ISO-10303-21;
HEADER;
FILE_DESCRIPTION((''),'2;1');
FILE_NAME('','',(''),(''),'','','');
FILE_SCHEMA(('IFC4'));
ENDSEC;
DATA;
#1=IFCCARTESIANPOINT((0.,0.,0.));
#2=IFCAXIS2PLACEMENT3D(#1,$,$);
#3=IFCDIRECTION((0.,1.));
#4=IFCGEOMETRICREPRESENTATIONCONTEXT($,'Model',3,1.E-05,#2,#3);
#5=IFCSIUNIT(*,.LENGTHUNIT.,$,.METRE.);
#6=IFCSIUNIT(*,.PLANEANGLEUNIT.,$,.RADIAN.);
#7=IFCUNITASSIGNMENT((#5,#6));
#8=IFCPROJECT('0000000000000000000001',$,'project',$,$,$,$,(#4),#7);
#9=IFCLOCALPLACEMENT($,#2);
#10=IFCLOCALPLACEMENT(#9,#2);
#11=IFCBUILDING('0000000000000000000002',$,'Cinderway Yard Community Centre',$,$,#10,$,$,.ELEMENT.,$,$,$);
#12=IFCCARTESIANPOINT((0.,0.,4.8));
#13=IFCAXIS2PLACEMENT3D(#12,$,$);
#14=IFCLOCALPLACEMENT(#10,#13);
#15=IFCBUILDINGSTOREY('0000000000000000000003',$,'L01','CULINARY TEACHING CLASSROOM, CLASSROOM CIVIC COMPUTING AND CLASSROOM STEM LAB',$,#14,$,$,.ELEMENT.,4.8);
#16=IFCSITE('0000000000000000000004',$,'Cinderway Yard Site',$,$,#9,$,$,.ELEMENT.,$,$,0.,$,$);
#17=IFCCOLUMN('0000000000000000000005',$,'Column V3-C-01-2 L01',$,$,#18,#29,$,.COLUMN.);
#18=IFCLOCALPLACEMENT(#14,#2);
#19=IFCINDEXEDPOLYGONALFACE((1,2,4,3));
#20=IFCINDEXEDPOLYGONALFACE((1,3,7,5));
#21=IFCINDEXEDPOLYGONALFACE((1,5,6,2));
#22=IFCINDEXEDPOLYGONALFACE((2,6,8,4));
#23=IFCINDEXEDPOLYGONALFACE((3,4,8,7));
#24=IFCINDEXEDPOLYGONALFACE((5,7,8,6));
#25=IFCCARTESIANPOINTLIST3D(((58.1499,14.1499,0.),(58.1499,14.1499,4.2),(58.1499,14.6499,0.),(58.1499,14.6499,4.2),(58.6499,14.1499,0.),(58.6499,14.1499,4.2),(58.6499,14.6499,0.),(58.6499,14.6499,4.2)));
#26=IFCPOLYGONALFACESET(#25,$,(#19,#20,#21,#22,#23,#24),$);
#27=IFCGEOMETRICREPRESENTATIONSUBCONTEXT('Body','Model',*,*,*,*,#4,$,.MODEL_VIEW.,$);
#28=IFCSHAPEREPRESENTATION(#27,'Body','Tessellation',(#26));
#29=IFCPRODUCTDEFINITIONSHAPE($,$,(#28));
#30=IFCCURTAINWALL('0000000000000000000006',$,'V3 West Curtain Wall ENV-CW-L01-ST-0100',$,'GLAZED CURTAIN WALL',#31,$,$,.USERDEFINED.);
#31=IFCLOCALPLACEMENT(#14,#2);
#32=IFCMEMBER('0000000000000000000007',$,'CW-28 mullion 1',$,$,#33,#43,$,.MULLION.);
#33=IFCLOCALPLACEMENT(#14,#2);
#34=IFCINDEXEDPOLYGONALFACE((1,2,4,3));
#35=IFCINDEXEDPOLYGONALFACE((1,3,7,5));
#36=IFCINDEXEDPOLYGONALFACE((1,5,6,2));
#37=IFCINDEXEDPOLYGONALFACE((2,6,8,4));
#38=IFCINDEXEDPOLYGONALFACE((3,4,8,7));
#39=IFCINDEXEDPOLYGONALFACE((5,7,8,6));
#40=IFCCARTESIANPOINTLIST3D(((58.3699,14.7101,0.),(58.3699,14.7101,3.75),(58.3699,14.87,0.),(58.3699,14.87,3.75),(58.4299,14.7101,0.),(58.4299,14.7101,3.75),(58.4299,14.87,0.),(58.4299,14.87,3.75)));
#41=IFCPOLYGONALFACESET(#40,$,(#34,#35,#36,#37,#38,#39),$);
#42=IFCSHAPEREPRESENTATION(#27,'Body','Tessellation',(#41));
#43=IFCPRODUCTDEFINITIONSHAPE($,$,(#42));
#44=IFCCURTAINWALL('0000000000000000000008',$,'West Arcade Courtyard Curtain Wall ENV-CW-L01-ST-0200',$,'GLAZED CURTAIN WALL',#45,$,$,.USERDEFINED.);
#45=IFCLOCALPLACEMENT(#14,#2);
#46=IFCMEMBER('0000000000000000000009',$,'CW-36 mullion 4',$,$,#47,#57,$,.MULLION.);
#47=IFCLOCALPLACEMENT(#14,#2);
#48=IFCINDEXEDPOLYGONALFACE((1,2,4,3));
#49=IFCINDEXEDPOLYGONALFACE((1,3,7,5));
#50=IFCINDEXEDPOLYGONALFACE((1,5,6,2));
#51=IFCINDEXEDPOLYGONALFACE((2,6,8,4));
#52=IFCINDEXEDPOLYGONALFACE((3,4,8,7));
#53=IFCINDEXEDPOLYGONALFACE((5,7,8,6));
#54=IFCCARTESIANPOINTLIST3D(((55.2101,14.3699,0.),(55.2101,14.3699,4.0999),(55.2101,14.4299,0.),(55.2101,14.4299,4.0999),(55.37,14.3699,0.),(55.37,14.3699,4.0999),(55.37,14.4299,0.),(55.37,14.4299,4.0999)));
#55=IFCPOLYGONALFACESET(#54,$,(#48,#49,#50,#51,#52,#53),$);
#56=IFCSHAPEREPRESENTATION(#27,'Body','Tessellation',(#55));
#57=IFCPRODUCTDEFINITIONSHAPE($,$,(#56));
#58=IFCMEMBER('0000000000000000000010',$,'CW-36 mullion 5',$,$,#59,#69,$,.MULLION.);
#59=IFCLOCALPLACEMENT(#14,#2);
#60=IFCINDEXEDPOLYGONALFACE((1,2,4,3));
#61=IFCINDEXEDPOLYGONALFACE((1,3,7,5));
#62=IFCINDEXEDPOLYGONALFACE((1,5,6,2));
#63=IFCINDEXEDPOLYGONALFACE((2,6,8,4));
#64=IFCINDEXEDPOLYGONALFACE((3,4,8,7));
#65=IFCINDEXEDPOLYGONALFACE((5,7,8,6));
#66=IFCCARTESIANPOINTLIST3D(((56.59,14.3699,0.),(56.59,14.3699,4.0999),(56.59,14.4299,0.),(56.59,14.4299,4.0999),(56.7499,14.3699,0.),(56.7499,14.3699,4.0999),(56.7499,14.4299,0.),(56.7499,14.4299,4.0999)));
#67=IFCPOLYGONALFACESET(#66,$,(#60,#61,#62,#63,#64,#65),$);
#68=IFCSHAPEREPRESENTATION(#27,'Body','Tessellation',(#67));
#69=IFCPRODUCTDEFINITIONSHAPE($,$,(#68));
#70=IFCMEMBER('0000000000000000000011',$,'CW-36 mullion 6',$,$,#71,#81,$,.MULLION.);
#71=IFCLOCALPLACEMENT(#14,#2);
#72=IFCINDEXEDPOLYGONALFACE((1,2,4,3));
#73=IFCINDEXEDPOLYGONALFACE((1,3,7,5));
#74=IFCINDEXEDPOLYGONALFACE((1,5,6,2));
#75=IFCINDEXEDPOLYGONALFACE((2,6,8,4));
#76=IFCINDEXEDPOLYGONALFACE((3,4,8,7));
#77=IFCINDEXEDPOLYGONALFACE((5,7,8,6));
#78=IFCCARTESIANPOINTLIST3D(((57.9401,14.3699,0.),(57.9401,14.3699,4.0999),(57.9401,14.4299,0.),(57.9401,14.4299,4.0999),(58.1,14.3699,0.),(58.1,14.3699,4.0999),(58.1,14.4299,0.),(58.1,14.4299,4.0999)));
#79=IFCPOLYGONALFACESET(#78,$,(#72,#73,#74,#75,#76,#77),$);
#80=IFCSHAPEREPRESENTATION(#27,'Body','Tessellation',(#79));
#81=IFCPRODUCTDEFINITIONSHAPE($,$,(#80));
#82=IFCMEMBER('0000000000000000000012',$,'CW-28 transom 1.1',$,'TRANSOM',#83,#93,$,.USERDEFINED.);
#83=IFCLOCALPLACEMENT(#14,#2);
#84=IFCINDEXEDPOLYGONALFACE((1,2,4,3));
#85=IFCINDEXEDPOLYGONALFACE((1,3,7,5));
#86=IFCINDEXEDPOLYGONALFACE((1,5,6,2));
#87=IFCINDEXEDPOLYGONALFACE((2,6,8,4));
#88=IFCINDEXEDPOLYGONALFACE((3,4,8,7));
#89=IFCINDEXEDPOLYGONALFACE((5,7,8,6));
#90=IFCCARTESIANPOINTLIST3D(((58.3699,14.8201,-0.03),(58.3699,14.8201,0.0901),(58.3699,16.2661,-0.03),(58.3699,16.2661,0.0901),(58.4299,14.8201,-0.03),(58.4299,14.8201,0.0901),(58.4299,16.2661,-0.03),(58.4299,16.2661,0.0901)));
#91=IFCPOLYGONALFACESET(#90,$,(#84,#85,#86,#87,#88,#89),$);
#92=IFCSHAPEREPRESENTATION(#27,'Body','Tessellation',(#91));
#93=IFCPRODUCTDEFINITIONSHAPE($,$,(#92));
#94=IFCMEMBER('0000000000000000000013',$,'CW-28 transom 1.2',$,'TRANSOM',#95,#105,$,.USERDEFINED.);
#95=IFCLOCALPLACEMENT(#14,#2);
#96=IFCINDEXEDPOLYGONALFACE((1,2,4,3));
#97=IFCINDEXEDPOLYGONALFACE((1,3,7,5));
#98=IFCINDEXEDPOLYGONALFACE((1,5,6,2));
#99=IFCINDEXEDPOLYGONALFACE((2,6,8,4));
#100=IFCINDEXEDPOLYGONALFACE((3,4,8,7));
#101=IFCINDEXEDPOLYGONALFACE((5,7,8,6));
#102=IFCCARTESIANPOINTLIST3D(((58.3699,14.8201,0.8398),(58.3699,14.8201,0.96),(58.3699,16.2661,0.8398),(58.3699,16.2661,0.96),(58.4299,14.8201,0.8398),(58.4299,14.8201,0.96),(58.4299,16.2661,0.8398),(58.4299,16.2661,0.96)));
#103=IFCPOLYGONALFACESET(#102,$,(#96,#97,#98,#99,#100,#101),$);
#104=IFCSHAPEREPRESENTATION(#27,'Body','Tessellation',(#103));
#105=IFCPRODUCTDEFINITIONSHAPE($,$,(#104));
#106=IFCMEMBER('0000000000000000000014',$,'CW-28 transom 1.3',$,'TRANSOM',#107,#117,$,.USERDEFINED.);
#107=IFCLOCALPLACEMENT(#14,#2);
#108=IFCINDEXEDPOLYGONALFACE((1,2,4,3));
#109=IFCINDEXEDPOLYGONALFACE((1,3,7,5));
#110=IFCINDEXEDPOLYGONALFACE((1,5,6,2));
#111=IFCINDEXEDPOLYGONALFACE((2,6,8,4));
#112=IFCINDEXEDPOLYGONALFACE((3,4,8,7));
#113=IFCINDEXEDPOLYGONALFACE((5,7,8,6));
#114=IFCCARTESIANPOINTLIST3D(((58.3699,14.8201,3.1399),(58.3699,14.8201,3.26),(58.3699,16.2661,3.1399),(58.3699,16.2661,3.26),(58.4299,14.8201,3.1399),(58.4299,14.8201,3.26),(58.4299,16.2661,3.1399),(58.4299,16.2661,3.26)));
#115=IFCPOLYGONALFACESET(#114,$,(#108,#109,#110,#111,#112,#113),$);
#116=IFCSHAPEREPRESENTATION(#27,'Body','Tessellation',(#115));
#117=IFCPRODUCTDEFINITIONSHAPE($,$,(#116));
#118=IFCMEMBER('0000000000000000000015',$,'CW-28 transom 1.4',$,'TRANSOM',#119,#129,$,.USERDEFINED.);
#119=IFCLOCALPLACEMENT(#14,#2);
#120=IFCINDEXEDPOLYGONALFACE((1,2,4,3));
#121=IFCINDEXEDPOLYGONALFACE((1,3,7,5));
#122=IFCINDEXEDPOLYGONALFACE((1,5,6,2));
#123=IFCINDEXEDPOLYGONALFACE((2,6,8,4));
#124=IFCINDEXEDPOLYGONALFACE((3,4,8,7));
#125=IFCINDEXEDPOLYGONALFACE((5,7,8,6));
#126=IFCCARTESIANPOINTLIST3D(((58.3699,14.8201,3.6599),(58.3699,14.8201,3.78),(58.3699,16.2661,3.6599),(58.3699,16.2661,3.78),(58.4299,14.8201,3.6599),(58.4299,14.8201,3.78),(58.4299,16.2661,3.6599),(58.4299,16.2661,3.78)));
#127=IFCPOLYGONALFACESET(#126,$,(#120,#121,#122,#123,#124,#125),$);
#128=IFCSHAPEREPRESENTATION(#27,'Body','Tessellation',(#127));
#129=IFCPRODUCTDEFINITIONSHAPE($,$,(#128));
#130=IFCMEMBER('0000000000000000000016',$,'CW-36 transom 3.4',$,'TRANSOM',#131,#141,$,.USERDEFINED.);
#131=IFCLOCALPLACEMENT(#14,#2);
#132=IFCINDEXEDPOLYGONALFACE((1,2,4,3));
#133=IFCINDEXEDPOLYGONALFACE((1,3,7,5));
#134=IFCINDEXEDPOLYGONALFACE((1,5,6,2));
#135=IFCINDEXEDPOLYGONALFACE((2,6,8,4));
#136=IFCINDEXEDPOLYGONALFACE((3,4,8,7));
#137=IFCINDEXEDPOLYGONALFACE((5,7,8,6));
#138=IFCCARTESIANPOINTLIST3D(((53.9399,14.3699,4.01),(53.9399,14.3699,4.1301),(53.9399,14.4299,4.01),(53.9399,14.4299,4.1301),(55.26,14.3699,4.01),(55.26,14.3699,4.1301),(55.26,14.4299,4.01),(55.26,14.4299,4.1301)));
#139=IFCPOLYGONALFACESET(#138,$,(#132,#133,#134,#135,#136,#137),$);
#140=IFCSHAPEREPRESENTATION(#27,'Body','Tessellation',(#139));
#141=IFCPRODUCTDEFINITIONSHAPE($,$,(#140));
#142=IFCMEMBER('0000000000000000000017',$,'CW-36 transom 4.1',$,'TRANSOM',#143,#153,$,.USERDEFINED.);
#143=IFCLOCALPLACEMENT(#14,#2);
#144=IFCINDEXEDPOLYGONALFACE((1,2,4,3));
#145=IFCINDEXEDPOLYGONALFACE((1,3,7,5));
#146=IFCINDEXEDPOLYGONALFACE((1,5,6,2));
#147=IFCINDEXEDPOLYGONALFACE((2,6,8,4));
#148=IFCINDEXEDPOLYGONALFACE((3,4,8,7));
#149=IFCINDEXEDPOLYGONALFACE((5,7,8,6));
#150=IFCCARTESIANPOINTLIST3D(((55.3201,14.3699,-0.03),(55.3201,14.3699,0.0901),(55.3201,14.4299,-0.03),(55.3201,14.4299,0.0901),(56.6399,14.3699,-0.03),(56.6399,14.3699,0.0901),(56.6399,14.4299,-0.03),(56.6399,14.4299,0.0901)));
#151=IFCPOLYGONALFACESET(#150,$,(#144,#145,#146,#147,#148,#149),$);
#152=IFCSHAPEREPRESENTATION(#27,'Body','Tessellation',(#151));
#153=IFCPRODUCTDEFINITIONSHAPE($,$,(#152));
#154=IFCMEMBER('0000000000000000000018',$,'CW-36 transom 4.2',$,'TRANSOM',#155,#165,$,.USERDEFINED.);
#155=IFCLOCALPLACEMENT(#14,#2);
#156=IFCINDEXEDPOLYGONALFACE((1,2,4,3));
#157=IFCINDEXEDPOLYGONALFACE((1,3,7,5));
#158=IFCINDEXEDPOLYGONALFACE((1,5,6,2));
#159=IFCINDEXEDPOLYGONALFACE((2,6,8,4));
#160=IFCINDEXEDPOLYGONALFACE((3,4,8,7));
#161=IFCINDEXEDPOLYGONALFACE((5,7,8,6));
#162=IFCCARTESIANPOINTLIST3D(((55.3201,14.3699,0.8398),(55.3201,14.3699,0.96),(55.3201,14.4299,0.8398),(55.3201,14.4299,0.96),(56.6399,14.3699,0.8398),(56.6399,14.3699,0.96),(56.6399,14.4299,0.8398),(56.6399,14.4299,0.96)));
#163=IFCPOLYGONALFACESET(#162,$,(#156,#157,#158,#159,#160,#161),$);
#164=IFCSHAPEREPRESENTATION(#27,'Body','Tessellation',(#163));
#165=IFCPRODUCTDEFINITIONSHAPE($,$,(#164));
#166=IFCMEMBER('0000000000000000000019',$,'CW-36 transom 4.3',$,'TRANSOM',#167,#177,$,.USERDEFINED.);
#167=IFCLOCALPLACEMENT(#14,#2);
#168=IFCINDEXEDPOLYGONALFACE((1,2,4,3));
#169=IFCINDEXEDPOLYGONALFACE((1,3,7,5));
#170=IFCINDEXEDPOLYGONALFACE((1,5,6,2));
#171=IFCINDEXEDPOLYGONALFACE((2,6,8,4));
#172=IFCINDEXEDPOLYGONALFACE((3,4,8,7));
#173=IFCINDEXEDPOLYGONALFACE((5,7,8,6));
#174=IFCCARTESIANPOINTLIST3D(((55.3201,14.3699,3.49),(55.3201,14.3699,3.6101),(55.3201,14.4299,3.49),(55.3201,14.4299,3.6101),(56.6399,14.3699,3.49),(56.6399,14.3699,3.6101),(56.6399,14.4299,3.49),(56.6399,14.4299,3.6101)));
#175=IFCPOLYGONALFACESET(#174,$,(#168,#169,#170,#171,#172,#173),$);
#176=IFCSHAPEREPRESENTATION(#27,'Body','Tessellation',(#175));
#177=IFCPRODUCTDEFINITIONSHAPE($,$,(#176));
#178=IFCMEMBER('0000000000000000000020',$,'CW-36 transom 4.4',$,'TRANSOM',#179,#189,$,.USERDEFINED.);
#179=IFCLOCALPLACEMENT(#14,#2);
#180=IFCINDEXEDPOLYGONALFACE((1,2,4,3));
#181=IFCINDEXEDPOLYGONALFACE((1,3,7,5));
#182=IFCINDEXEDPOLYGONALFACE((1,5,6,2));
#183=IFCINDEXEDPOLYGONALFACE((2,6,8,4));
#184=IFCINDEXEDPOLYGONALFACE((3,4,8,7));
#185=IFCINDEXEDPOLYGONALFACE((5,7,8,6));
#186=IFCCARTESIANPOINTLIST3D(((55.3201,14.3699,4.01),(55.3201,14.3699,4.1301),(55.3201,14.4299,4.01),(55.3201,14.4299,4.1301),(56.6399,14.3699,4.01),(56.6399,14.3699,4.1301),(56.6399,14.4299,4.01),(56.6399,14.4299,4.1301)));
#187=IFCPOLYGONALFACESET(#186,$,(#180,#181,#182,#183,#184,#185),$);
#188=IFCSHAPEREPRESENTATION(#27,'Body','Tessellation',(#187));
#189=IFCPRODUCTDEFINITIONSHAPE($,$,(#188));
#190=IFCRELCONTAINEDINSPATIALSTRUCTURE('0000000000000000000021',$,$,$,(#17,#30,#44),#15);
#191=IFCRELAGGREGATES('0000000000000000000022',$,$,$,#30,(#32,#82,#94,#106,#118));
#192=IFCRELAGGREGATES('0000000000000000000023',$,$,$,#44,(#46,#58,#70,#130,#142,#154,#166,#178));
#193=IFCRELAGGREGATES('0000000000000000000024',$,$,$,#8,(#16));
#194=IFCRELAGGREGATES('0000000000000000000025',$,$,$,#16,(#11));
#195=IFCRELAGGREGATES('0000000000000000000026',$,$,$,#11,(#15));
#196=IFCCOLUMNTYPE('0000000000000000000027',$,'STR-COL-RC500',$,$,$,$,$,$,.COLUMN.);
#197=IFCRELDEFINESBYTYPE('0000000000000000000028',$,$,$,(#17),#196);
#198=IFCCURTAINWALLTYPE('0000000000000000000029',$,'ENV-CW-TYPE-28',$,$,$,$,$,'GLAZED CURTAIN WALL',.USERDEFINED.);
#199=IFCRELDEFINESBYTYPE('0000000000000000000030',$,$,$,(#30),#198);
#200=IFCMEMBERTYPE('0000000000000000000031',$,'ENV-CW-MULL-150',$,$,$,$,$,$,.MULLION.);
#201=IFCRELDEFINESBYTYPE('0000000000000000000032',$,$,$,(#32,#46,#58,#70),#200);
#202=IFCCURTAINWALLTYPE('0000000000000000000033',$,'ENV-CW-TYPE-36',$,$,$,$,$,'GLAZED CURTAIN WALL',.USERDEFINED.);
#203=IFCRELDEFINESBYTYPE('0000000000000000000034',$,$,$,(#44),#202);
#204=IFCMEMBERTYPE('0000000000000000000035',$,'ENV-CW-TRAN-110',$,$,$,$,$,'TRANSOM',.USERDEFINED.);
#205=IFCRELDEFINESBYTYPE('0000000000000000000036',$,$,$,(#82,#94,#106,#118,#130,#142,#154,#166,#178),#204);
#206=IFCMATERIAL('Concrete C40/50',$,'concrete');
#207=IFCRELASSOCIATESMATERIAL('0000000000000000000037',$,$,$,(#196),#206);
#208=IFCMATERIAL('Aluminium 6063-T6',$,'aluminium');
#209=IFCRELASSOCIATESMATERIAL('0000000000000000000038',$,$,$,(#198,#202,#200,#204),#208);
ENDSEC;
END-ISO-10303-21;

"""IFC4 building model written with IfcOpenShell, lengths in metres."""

from ifc_helpers import new_model, si_unit, direction, frame, origin, origin_2d, place, context, subcontext, project, spatial, rectangle, extrude, material, material_profile, profile_set, type_object, element, aggregate, save


model = new_model("IFC4")

# Units and contexts
model_context = context("Model", 3, precision=1e-05, world=origin(), true_north=direction((0.0, 1.0)))
body_context = subcontext(model_context, "Body", "Model", "MODEL_VIEW")
ifc_project = project(units=[si_unit("LENGTHUNIT", "METRE"), si_unit("PLANEANGLEUNIT", "RADIAN")], contexts=[model_context])

# Site, building, storey
site_placement = place(None, origin())
site = spatial("IfcSite", under=ifc_project, at=site_placement, Name="Cinderway Yard Site", CompositionType="ELEMENT", RefElevation=0.0)
building_placement = place(site_placement, origin())
building = spatial("IfcBuilding", under=site, at=building_placement, Name="Cinderway Yard Community Centre", CompositionType="ELEMENT")
storey_placement = place(building_placement, frame((0.0, 0.0, 4.8)))
storey = spatial("IfcBuildingStorey", under=building, at=storey_placement, Name="L01", Description="CULINARY TEACHING CLASSROOM, CLASSROOM CIVIC COMPUTING AND CLASSROOM STEM LAB", CompositionType="ELEMENT", Elevation=4.8)

# Column
ifc_material_1 = material(Name="Concrete C40/50", Category="concrete")
ifc_material_profile_1 = material_profile(ifc_material_1, rectangle(XDim=0.5, YDim=0.5, at=origin_2d()), Name="Concrete C40/50")
ifc_profile_set_1 = profile_set([ifc_material_profile_1], Name="Concrete C40/50")
column_type = type_object("IfcColumnType", Name="STR-COL-RC500", PredefinedType="COLUMN", material=ifc_profile_set_1)
column_placement = place(storey_placement, frame((58.3999, 14.3999, 0.0), z_axis=(0.0, 0.0, 1.0), x_axis=(1.0, 0.0, 0.0)))
element("IfcColumn", 1, at=column_placement, inside=storey, type_object=column_type, Name="Column V3-C-01-2 L01", PredefinedType="COLUMN", context=body_context, shape_type="SweptSolid", body=[
    extrude(rectangle(XDim=0.5, YDim=0.5, at=origin_2d()), origin(), (0.0, 0.0, 1.0), 4.2),
])

# Curtain wall, member
ifc_material_2 = material(Name="Aluminium 6063-T6", Category="aluminium")
curtain_wall_type_1 = type_object("IfcCurtainWallType", Name="ENV-CW-TYPE-28", ElementType="GLAZED CURTAIN WALL", PredefinedType="USERDEFINED", material=ifc_material_2)
curtain_wall_1_placement = place(storey_placement, origin())
curtain_wall_1 = element("IfcCurtainWall", 2, at=curtain_wall_1_placement, inside=storey, type_object=curtain_wall_type_1, Name="V3 West Curtain Wall ENV-CW-L01-ST-0100", ObjectType="GLAZED CURTAIN WALL", PredefinedType="USERDEFINED")
ifc_material_profile_2 = material_profile(ifc_material_2, rectangle(XDim=0.0601, YDim=0.1599, at=origin_2d()), Name="Aluminium 6063-T6")
ifc_profile_set_2 = profile_set([ifc_material_profile_2], Name="Aluminium 6063-T6")
member_type_1 = type_object("IfcMemberType", Name="ENV-CW-MULL-150", PredefinedType="MULLION", material=ifc_profile_set_2)
member_1_placement = place(storey_placement, frame((58.3999, 14.79, 0.0), z_axis=(0.0, 0.0, 1.0), x_axis=(-1.0, 0.0, 0.0)))
member_1 = element("IfcMember", 3, at=member_1_placement, type_object=member_type_1, Name="CW-28 mullion 1", PredefinedType="MULLION", context=body_context, shape_type="SweptSolid", body=[
    extrude(rectangle(XDim=0.0601, YDim=0.1599, at=origin_2d()), origin(), (0.0, 0.0, 1.0), 3.75),
])

# Curtain wall, members
curtain_wall_type_2 = type_object("IfcCurtainWallType", Name="ENV-CW-TYPE-36", ElementType="GLAZED CURTAIN WALL", PredefinedType="USERDEFINED", material=ifc_material_2)
curtain_wall_2_placement = place(storey_placement, origin())
curtain_wall_2 = element("IfcCurtainWall", 4, at=curtain_wall_2_placement, inside=storey, type_object=curtain_wall_type_2, Name="West Arcade Courtyard Curtain Wall ENV-CW-L01-ST-0200", ObjectType="GLAZED CURTAIN WALL", PredefinedType="USERDEFINED")
member_2_placement = place(storey_placement, frame((55.29, 14.3999, 0.0), z_axis=(0.0, 0.0, 1.0), x_axis=(0.0, 1.0, 0.0)))
member_2 = element("IfcMember", 5, at=member_2_placement, type_object=member_type_1, Name="CW-36 mullion 4", PredefinedType="MULLION", context=body_context, shape_type="SweptSolid", body=[
    extrude(rectangle(XDim=0.0601, YDim=0.1599, at=origin_2d()), origin(), (0.0, 0.0, 1.0), 4.0999),
])
member_3_placement = place(storey_placement, frame((56.6699, 14.3999, 0.0), z_axis=(0.0, 0.0, 1.0), x_axis=(0.0, 1.0, 0.0)))
member_3 = element("IfcMember", 6, at=member_3_placement, type_object=member_type_1, Name="CW-36 mullion 5", PredefinedType="MULLION", context=body_context, shape_type="SweptSolid", body=[
    extrude(rectangle(XDim=0.0601, YDim=0.1599, at=origin_2d()), origin(), (0.0, 0.0, 1.0), 4.0999),
])
member_4_placement = place(storey_placement, frame((58.02, 14.3999, 0.0), z_axis=(0.0, 0.0, 1.0), x_axis=(0.0, 1.0, 0.0)))
member_4 = element("IfcMember", 7, at=member_4_placement, type_object=member_type_1, Name="CW-36 mullion 6", PredefinedType="MULLION", context=body_context, shape_type="SweptSolid", body=[
    extrude(rectangle(XDim=0.0601, YDim=0.1599, at=origin_2d()), origin(), (0.0, 0.0, 1.0), 4.0999),
])

# Members
ifc_material_profile_3 = material_profile(ifc_material_2, rectangle(XDim=0.0601, YDim=0.1201, at=origin_2d()), Name="Aluminium 6063-T6")
ifc_profile_set_3 = profile_set([ifc_material_profile_3], Name="Aluminium 6063-T6")
member_type_2 = type_object("IfcMemberType", Name="ENV-CW-TRAN-110", ElementType="TRANSOM", PredefinedType="USERDEFINED", material=ifc_profile_set_3)
member_5_placement = place(storey_placement, frame((58.3999, 14.8201, 0.03), z_axis=(0.0, 1.0, 0.0), x_axis=(-1.0, 0.0, 0.0)))
member_5 = element("IfcMember", 8, at=member_5_placement, type_object=member_type_2, Name="CW-28 transom 1.1", ObjectType="TRANSOM", PredefinedType="USERDEFINED", context=body_context, shape_type="SweptSolid", body=[
    extrude(rectangle(XDim=0.0601, YDim=0.1201, at=origin_2d()), origin(), (0.0, 0.0, 1.0), 1.446),
])
member_6_placement = place(storey_placement, frame((58.3999, 14.8201, 0.8999), z_axis=(0.0, 1.0, 0.0), x_axis=(-1.0, 0.0, 0.0)))
member_6 = element("IfcMember", 9, at=member_6_placement, type_object=member_type_2, Name="CW-28 transom 1.2", ObjectType="TRANSOM", PredefinedType="USERDEFINED", context=body_context, shape_type="SweptSolid", body=[
    extrude(rectangle(XDim=0.0601, YDim=0.1201, at=origin_2d()), origin(), (0.0, 0.0, 1.0), 1.446),
])
member_7_placement = place(storey_placement, frame((58.3999, 14.8201, 3.2), z_axis=(0.0, 1.0, 0.0), x_axis=(-1.0, 0.0, 0.0)))
member_7 = element("IfcMember", 10, at=member_7_placement, type_object=member_type_2, Name="CW-28 transom 1.3", ObjectType="TRANSOM", PredefinedType="USERDEFINED", context=body_context, shape_type="SweptSolid", body=[
    extrude(rectangle(XDim=0.0601, YDim=0.1201, at=origin_2d()), origin(), (0.0, 0.0, 1.0), 1.446),
])
member_8_placement = place(storey_placement, frame((58.3999, 14.8201, 3.72), z_axis=(0.0, 1.0, 0.0), x_axis=(-1.0, 0.0, 0.0)))
member_8 = element("IfcMember", 11, at=member_8_placement, type_object=member_type_2, Name="CW-28 transom 1.4", ObjectType="TRANSOM", PredefinedType="USERDEFINED", context=body_context, shape_type="SweptSolid", body=[
    extrude(rectangle(XDim=0.0601, YDim=0.1201, at=origin_2d()), origin(), (0.0, 0.0, 1.0), 1.446),
])
member_9_placement = place(storey_placement, frame((53.9399, 14.3999, 4.0701), z_axis=(1.0, 0.0, 0.0), x_axis=(0.0, 1.0, 0.0)))
member_9 = element("IfcMember", 12, at=member_9_placement, type_object=member_type_2, Name="CW-36 transom 3.4", ObjectType="TRANSOM", PredefinedType="USERDEFINED", context=body_context, shape_type="SweptSolid", body=[
    extrude(rectangle(XDim=0.0601, YDim=0.1201, at=origin_2d()), origin(), (0.0, 0.0, 1.0), 1.3201),
])
member_10_placement = place(storey_placement, frame((55.3201, 14.3999, 0.03), z_axis=(1.0, 0.0, 0.0), x_axis=(0.0, 1.0, 0.0)))
member_10 = element("IfcMember", 13, at=member_10_placement, type_object=member_type_2, Name="CW-36 transom 4.1", ObjectType="TRANSOM", PredefinedType="USERDEFINED", context=body_context, shape_type="SweptSolid", body=[
    extrude(rectangle(XDim=0.0601, YDim=0.1201, at=origin_2d()), origin(), (0.0, 0.0, 1.0), 1.3198),
])
member_11_placement = place(storey_placement, frame((55.3201, 14.3999, 0.8999), z_axis=(1.0, 0.0, 0.0), x_axis=(0.0, 1.0, 0.0)))
member_11 = element("IfcMember", 14, at=member_11_placement, type_object=member_type_2, Name="CW-36 transom 4.2", ObjectType="TRANSOM", PredefinedType="USERDEFINED", context=body_context, shape_type="SweptSolid", body=[
    extrude(rectangle(XDim=0.0601, YDim=0.1201, at=origin_2d()), origin(), (0.0, 0.0, 1.0), 1.3198),
])
member_12_placement = place(storey_placement, frame((55.3201, 14.3999, 3.55), z_axis=(1.0, 0.0, 0.0), x_axis=(0.0, 1.0, 0.0)))
member_12 = element("IfcMember", 15, at=member_12_placement, type_object=member_type_2, Name="CW-36 transom 4.3", ObjectType="TRANSOM", PredefinedType="USERDEFINED", context=body_context, shape_type="SweptSolid", body=[
    extrude(rectangle(XDim=0.0601, YDim=0.1201, at=origin_2d()), origin(), (0.0, 0.0, 1.0), 1.3198),
])
member_13_placement = place(storey_placement, frame((55.3201, 14.3999, 4.0701), z_axis=(1.0, 0.0, 0.0), x_axis=(0.0, 1.0, 0.0)))
member_13 = element("IfcMember", 16, at=member_13_placement, type_object=member_type_2, Name="CW-36 transom 4.4", ObjectType="TRANSOM", PredefinedType="USERDEFINED", context=body_context, shape_type="SweptSolid", body=[
    extrude(rectangle(XDim=0.0601, YDim=0.1201, at=origin_2d()), origin(), (0.0, 0.0, 1.0), 1.3198),
])

aggregate(curtain_wall_1, [member_1, member_5, member_6, member_7, member_8])
aggregate(curtain_wall_2, [member_2, member_3, member_4, member_9, member_10, member_11, member_12, member_13])

save(model, "model.ifc")
